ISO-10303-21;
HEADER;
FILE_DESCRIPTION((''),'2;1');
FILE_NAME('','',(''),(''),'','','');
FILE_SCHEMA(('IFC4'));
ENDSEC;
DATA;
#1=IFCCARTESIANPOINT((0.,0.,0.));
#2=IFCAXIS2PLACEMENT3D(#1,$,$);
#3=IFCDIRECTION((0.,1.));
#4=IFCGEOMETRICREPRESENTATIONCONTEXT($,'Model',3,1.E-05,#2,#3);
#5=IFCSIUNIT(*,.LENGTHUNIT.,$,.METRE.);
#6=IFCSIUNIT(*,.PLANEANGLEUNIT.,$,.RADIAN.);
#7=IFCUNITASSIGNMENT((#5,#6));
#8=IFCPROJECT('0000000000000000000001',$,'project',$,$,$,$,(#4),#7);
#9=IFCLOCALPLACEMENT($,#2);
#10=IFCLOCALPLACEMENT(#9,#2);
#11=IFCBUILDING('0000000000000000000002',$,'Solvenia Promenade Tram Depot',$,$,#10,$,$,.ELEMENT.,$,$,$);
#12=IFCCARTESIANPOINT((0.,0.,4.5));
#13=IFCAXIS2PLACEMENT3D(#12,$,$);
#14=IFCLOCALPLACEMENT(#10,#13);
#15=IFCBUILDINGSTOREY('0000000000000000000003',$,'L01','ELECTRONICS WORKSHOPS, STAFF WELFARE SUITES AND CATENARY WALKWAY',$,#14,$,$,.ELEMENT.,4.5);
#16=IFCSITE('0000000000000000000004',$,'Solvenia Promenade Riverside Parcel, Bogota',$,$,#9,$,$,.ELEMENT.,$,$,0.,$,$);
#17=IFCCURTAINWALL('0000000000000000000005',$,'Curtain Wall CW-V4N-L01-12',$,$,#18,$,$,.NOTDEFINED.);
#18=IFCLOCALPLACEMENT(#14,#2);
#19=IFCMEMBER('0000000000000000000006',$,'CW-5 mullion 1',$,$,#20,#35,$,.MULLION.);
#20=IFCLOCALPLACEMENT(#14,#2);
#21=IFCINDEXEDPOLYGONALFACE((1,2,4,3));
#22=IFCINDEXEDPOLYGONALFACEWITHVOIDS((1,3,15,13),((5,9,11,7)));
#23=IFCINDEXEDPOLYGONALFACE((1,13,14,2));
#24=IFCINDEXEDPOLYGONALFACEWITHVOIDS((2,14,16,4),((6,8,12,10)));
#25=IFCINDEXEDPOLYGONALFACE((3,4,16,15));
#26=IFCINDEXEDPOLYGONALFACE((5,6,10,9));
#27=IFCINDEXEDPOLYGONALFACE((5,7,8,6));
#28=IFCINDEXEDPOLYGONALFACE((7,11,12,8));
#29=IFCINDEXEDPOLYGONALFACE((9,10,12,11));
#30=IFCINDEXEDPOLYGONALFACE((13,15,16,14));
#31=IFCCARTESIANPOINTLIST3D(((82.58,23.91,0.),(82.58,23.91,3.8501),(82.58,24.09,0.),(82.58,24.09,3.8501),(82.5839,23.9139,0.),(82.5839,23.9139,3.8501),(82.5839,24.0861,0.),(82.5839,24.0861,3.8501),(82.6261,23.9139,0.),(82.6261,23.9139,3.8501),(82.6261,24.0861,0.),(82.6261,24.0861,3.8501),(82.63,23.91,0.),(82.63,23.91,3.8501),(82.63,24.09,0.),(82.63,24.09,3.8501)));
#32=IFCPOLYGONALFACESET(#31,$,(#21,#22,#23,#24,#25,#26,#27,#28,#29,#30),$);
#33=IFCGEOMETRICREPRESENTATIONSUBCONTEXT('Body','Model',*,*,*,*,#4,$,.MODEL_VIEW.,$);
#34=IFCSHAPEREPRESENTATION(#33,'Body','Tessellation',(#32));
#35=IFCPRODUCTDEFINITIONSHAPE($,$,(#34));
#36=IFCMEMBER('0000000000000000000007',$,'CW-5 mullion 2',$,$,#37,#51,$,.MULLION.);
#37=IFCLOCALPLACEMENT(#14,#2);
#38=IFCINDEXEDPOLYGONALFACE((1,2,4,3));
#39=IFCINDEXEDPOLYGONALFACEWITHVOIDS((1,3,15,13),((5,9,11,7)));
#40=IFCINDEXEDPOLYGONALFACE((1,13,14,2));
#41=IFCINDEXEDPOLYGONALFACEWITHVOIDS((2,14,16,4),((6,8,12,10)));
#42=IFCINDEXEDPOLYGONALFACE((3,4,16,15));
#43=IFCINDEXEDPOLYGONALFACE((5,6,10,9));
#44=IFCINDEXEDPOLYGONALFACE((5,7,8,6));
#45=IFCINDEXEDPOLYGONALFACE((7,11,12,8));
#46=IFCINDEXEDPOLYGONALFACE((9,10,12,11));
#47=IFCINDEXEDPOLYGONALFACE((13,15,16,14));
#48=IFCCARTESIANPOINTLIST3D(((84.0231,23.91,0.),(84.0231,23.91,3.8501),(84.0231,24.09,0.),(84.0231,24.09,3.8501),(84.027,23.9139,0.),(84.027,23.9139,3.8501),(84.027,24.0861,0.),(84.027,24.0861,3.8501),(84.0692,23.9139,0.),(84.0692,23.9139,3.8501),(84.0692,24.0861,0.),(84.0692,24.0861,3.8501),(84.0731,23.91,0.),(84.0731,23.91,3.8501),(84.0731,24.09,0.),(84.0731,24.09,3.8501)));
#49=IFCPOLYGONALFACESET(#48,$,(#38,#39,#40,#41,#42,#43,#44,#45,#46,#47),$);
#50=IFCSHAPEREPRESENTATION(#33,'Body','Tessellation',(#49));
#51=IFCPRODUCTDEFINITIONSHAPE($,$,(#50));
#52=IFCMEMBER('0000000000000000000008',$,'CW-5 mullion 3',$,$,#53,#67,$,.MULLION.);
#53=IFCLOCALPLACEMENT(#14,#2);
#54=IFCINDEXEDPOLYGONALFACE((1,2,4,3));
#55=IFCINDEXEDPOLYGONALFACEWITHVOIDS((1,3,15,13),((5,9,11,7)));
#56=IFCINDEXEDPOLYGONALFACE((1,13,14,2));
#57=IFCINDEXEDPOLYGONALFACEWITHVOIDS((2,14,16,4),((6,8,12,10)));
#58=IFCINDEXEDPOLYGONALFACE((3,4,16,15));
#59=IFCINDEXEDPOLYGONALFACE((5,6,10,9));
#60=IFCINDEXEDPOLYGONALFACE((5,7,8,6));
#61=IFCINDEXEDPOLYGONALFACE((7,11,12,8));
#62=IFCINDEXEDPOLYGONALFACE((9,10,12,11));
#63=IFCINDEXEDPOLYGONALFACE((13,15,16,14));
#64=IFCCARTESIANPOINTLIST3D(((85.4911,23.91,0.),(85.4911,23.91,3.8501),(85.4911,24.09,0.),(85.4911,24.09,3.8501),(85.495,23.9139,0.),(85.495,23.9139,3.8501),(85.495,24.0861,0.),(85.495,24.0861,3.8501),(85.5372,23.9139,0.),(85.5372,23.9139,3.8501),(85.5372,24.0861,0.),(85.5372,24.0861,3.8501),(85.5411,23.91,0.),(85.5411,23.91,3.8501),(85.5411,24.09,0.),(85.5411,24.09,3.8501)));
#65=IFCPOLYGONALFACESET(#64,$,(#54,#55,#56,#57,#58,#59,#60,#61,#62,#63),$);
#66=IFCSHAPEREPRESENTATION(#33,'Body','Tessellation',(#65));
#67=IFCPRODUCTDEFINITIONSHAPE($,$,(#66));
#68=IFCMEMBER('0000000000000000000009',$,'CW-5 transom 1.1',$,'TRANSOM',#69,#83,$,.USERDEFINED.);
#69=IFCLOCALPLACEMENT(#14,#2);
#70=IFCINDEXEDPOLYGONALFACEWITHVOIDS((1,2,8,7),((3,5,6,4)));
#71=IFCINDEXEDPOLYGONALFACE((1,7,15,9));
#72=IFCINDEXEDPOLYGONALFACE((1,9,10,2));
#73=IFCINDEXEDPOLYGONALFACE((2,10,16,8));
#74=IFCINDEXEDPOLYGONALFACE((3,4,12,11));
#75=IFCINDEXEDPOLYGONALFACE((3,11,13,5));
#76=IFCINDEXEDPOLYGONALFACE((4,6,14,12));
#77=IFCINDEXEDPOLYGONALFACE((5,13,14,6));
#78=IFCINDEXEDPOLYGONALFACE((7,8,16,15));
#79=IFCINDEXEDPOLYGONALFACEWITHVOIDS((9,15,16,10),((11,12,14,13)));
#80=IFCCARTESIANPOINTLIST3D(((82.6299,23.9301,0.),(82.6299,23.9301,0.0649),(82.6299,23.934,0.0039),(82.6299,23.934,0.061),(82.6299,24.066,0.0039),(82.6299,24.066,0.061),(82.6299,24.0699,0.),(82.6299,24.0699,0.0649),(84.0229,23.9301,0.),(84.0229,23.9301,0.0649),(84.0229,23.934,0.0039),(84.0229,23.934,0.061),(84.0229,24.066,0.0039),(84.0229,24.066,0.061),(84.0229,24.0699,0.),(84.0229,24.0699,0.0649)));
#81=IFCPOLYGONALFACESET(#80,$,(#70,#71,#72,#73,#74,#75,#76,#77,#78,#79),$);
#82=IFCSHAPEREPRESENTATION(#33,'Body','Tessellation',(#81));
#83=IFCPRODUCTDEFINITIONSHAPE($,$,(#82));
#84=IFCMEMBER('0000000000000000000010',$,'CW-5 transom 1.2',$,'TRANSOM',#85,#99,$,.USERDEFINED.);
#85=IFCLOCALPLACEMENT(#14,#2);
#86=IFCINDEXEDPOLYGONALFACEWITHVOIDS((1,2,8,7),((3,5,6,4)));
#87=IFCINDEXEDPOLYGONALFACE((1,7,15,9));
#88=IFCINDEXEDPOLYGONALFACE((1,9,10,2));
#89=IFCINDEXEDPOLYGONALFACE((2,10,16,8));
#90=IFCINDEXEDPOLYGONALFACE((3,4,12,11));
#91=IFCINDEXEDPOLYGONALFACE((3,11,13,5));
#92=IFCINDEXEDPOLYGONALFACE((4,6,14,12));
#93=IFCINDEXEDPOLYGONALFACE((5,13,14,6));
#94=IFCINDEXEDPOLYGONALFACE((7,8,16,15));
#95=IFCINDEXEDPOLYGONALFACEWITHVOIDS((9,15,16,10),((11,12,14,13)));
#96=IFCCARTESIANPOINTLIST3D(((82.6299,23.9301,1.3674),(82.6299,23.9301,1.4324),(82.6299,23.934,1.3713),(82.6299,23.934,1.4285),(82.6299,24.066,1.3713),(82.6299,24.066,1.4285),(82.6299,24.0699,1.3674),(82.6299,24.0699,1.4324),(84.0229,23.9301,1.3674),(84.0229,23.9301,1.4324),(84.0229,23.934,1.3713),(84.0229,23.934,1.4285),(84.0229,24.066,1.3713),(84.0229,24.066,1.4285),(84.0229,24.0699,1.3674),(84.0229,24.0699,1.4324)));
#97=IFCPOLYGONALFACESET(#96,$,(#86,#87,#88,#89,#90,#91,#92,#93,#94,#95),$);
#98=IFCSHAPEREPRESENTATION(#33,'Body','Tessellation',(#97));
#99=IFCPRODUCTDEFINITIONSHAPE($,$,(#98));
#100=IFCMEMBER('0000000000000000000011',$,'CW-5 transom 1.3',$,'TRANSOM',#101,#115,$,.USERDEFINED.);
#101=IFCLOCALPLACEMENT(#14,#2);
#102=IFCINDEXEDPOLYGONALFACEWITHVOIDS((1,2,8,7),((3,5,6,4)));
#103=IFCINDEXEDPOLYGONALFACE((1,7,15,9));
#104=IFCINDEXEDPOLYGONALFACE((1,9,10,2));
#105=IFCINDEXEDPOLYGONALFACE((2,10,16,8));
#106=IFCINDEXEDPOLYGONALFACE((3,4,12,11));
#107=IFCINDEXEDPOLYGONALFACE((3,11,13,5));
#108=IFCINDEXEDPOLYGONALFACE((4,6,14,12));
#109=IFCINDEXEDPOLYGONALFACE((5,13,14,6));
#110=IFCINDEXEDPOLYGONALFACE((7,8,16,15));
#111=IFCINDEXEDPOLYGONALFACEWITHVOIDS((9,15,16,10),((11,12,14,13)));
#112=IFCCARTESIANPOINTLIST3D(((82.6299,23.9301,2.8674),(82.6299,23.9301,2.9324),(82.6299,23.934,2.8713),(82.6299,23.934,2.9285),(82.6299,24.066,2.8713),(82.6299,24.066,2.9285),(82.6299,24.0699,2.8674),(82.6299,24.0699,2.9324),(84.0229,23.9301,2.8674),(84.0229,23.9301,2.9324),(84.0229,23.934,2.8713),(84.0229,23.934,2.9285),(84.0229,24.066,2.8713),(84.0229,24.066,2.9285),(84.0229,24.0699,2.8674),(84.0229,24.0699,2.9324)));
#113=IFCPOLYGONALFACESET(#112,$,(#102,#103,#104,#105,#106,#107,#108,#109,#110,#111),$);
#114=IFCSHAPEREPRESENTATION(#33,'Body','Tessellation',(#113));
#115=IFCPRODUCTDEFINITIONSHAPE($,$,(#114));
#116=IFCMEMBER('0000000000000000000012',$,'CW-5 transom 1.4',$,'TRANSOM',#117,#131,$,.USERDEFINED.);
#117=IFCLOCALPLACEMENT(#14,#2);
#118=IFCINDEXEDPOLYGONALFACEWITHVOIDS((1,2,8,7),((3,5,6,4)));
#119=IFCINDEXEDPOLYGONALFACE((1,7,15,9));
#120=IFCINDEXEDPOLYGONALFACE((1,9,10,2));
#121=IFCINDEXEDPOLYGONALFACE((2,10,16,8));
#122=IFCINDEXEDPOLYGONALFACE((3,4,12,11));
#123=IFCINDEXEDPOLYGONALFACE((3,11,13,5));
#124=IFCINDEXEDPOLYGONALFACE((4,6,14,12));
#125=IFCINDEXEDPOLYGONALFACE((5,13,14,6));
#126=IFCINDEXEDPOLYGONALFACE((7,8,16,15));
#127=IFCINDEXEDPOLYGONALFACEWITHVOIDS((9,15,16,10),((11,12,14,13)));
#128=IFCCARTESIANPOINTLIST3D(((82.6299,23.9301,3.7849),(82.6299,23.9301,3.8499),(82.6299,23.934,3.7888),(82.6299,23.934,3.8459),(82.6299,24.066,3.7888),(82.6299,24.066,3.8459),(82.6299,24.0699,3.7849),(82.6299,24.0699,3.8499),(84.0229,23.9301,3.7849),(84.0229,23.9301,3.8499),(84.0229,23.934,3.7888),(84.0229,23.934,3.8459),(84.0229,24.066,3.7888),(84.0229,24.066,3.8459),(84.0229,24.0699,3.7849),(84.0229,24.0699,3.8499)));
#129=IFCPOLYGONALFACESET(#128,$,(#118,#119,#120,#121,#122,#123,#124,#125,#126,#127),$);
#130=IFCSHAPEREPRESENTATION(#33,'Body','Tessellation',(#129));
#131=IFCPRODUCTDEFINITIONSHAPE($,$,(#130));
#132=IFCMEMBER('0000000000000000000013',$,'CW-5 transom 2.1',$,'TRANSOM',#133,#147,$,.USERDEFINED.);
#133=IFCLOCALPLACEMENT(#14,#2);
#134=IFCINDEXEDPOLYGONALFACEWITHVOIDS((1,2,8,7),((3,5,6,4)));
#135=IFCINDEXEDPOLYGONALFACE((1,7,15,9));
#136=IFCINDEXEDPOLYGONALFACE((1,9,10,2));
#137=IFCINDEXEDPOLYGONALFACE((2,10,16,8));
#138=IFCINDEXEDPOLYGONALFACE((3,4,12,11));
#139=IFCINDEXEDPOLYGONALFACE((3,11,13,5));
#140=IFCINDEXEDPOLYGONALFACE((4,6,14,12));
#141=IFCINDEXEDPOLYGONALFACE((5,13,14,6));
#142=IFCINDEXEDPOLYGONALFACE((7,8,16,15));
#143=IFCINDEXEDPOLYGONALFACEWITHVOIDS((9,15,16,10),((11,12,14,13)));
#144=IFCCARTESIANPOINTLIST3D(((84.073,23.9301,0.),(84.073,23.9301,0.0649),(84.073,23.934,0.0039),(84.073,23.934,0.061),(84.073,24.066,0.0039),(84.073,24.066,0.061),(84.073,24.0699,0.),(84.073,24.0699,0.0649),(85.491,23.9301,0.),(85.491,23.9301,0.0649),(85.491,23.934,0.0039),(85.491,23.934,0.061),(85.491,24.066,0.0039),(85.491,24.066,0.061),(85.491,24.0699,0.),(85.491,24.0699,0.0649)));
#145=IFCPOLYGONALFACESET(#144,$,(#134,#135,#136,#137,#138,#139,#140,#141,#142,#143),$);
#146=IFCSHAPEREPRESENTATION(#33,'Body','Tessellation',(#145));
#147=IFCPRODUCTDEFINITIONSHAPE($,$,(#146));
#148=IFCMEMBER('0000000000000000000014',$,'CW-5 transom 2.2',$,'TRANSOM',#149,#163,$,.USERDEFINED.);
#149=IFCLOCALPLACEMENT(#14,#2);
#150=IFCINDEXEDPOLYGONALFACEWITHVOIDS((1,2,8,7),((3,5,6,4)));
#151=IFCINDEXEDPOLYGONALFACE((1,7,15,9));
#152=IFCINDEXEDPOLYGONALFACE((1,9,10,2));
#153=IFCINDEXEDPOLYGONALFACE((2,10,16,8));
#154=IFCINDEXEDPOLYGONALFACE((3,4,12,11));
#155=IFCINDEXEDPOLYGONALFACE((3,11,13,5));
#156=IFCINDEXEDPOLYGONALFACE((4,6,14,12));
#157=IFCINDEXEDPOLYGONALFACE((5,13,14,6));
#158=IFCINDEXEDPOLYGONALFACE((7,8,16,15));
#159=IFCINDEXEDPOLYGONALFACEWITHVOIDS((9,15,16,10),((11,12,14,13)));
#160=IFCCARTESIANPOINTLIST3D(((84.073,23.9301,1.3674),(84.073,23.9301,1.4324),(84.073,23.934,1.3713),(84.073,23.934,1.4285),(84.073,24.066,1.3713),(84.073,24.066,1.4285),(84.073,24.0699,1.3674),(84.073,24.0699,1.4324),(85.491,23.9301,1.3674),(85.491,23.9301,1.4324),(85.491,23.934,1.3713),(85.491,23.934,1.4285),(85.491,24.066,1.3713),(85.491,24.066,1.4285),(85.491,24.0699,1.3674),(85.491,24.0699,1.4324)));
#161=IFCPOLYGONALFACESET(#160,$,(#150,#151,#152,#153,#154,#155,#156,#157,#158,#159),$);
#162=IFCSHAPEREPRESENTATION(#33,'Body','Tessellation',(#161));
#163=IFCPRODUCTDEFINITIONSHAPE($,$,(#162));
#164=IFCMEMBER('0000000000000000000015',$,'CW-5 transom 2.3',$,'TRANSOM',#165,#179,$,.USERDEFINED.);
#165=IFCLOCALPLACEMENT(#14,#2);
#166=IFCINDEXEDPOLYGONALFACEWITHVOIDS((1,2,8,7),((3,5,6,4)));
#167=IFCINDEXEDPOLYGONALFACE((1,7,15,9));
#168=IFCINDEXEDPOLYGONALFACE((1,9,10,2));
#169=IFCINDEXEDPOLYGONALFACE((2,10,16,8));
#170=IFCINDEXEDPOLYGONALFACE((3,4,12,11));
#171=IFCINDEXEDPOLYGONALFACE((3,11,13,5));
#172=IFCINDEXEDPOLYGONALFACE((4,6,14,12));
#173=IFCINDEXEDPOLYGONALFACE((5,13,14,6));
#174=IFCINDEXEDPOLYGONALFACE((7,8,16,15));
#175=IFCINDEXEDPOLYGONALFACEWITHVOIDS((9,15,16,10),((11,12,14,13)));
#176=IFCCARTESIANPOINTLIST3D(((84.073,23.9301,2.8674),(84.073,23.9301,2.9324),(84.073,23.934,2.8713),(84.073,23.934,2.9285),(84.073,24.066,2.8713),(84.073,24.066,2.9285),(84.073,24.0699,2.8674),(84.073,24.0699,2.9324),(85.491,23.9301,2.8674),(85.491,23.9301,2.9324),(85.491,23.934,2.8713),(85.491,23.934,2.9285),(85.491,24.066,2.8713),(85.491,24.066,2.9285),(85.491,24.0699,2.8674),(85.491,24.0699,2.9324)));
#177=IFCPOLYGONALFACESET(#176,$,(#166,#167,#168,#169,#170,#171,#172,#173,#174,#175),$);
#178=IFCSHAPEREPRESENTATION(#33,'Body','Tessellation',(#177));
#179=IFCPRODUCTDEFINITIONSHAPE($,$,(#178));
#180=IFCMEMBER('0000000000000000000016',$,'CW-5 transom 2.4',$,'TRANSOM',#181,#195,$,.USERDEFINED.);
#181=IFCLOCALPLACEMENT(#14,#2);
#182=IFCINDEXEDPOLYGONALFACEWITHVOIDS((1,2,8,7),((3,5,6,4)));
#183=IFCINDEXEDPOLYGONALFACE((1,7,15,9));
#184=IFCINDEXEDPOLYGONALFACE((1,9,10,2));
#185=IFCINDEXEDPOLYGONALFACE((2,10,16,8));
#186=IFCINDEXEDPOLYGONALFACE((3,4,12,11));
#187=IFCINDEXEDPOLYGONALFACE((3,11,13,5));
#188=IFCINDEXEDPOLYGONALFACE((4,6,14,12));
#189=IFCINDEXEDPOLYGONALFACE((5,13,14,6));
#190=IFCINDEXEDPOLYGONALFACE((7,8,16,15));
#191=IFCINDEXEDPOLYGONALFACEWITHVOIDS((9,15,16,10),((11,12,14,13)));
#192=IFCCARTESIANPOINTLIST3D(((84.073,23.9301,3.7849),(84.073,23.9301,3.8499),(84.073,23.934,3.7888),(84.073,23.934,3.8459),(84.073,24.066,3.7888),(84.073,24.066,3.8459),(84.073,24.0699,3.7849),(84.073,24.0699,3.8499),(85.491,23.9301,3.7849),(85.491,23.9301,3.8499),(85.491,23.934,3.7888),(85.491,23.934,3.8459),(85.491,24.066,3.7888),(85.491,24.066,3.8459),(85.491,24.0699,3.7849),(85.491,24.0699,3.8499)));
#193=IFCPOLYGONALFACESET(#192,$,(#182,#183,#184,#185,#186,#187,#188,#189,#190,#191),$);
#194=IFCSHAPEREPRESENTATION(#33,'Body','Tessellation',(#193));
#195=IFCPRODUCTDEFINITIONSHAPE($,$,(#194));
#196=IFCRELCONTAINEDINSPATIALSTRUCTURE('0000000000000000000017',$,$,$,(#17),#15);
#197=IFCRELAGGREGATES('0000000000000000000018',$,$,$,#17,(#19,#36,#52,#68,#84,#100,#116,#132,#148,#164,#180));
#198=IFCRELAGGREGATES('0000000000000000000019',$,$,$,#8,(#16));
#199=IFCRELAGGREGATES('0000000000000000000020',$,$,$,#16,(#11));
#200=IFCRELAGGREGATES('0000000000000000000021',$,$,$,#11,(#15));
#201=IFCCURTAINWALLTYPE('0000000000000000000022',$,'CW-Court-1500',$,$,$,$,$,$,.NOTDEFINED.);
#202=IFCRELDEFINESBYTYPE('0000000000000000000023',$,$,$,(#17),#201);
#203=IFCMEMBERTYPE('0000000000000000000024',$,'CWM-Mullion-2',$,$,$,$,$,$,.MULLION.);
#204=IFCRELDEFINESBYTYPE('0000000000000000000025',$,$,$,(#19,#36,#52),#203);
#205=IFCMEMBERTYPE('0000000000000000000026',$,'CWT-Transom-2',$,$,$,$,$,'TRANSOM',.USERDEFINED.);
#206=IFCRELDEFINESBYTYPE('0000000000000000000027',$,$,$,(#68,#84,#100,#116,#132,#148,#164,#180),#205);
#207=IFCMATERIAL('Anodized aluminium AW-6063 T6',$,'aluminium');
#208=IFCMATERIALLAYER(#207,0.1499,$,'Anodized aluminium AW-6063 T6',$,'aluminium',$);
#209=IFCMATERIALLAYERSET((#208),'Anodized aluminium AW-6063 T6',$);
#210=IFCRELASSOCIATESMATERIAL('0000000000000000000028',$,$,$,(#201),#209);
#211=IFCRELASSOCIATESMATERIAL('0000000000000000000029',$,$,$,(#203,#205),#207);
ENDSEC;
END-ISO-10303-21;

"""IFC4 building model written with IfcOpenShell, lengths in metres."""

from ifc_helpers import new_model, si_unit, direction, frame, origin, origin_2d, place, context, subcontext, project, spatial, hollow_rectangle, extrude, material, layer, layer_set, material_profile, profile_set, type_object, element, aggregate, save


model = new_model("IFC4")

# Units and contexts
model_context = context("Model", 3, precision=1e-05, world=origin(), true_north=direction((0.0, 1.0)))
body_context = subcontext(model_context, "Body", "Model", "MODEL_VIEW")
ifc_project = project(units=[si_unit("LENGTHUNIT", "METRE"), si_unit("PLANEANGLEUNIT", "RADIAN")], contexts=[model_context])

# Site, building, storey
site_placement = place(None, origin())
site = spatial("IfcSite", under=ifc_project, at=site_placement, Name="Solvenia Promenade Riverside Parcel, Bogota", CompositionType="ELEMENT", RefElevation=0.0)
building_placement = place(site_placement, origin())
building = spatial("IfcBuilding", under=site, at=building_placement, Name="Solvenia Promenade Tram Depot", CompositionType="ELEMENT")
storey_placement = place(building_placement, frame((0.0, 0.0, 4.5)))
storey = spatial("IfcBuildingStorey", under=building, at=storey_placement, Name="L01", Description="ELECTRONICS WORKSHOPS, STAFF WELFARE SUITES AND CATENARY WALKWAY", CompositionType="ELEMENT", Elevation=4.5)

# Curtain wall, members
ifc_material_1 = material(Name="Anodized aluminium AW-6063 T6", Category="aluminium")
ifc_layer_1 = layer(ifc_material_1, 0.1499, Name="Anodized aluminium AW-6063 T6", Category="aluminium")
ifc_layer_set_1 = layer_set([ifc_layer_1], Name="Anodized aluminium AW-6063 T6")
curtain_wall_type = type_object("IfcCurtainWallType", Name="CW-Court-1500", PredefinedType="NOTDEFINED", material=ifc_layer_set_1)
curtain_wall_placement = place(storey_placement, origin())
curtain_wall = element("IfcCurtainWall", 1, at=curtain_wall_placement, inside=storey, type_object=curtain_wall_type, Name="Curtain Wall CW-V4N-L01-12", PredefinedType="NOTDEFINED")
ifc_material_profile_1 = material_profile(ifc_material_1, hollow_rectangle(XDim=0.1799, YDim=0.05, WallThickness=0.0039, at=origin_2d()), Name="ALU-M2", Category="aluminium")
ifc_profile_set_1 = profile_set([ifc_material_profile_1], Name="Anodized aluminium AW-6063 T6")
member_type_1 = type_object("IfcMemberType", Name="CWM-Mullion-2", PredefinedType="MULLION", material=ifc_profile_set_1)
member_1_placement = place(storey_placement, frame((82.605, 24.0, 0.0), z_axis=(0.0, 0.0, 1.0), x_axis=(0.0, 1.0, 0.0)))
member_1 = element("IfcMember", 2, at=member_1_placement, type_object=member_type_1, Name="CW-5 mullion 1", PredefinedType="MULLION", context=body_context, shape_type="SweptSolid", body=[
    extrude(hollow_rectangle(XDim=0.1799, YDim=0.05, WallThickness=0.0039, at=origin_2d()), origin(), (0.0, 0.0, 1.0), 3.8501),
])
member_2_placement = place(storey_placement, frame((84.0481, 24.0, 0.0), z_axis=(0.0, 0.0, 1.0), x_axis=(0.0, 1.0, 0.0)))
member_2 = element("IfcMember", 3, at=member_2_placement, type_object=member_type_1, Name="CW-5 mullion 2", PredefinedType="MULLION", context=body_context, shape_type="SweptSolid", body=[
    extrude(hollow_rectangle(XDim=0.1799, YDim=0.05, WallThickness=0.0039, at=origin_2d()), origin(), (0.0, 0.0, 1.0), 3.8501),
])
member_3_placement = place(storey_placement, frame((85.5161, 24.0, 0.0), z_axis=(0.0, 0.0, 1.0), x_axis=(0.0, 1.0, 0.0)))
member_3 = element("IfcMember", 4, at=member_3_placement, type_object=member_type_1, Name="CW-5 mullion 3", PredefinedType="MULLION", context=body_context, shape_type="SweptSolid", body=[
    extrude(hollow_rectangle(XDim=0.1799, YDim=0.05, WallThickness=0.0039, at=origin_2d()), origin(), (0.0, 0.0, 1.0), 3.8501),
])
ifc_material_profile_2 = material_profile(ifc_material_1, hollow_rectangle(XDim=0.1399, YDim=0.0649, WallThickness=0.0039, at=origin_2d()), Name="ALU-T2", Category="aluminium")
ifc_profile_set_2 = profile_set([ifc_material_profile_2], Name="Anodized aluminium AW-6063 T6")
member_type_2 = type_object("IfcMemberType", Name="CWT-Transom-2", ElementType="TRANSOM", PredefinedType="USERDEFINED", material=ifc_profile_set_2)
member_4_placement = place(storey_placement, frame((82.6299, 24.0, 0.0325), z_axis=(1.0, 0.0, 0.0), x_axis=(0.0, 1.0, 0.0)))
member_4 = element("IfcMember", 5, at=member_4_placement, type_object=member_type_2, Name="CW-5 transom 1.1", ObjectType="TRANSOM", PredefinedType="USERDEFINED", context=body_context, shape_type="SweptSolid", body=[
    extrude(hollow_rectangle(XDim=0.1399, YDim=0.0649, WallThickness=0.0039, at=origin_2d()), origin(), (0.0, 0.0, 1.0), 1.3931),
])
member_5_placement = place(storey_placement, frame((82.6299, 24.0, 1.3999), z_axis=(1.0, 0.0, 0.0), x_axis=(0.0, 1.0, 0.0)))
member_5 = element("IfcMember", 6, at=member_5_placement, type_object=member_type_2, Name="CW-5 transom 1.2", ObjectType="TRANSOM", PredefinedType="USERDEFINED", context=body_context, shape_type="SweptSolid", body=[
    extrude(hollow_rectangle(XDim=0.1399, YDim=0.0649, WallThickness=0.0039, at=origin_2d()), origin(), (0.0, 0.0, 1.0), 1.3931),
])
member_6_placement = place(storey_placement, frame((82.6299, 24.0, 2.8999), z_axis=(1.0, 0.0, 0.0), x_axis=(0.0, 1.0, 0.0)))
member_6 = element("IfcMember", 7, at=member_6_placement, type_object=member_type_2, Name="CW-5 transom 1.3", ObjectType="TRANSOM", PredefinedType="USERDEFINED", context=body_context, shape_type="SweptSolid", body=[
    extrude(hollow_rectangle(XDim=0.1399, YDim=0.0649, WallThickness=0.0039, at=origin_2d()), origin(), (0.0, 0.0, 1.0), 1.3931),
])
member_7_placement = place(storey_placement, frame((82.6299, 24.0, 3.8174), z_axis=(1.0, 0.0, 0.0), x_axis=(0.0, 1.0, 0.0)))
member_7 = element("IfcMember", 8, at=member_7_placement, type_object=member_type_2, Name="CW-5 transom 1.4", ObjectType="TRANSOM", PredefinedType="USERDEFINED", context=body_context, shape_type="SweptSolid", body=[
    extrude(hollow_rectangle(XDim=0.1399, YDim=0.0649, WallThickness=0.0039, at=origin_2d()), origin(), (0.0, 0.0, 1.0), 1.3931),
])
member_8_placement = place(storey_placement, frame((84.073, 24.0, 0.0325), z_axis=(1.0, 0.0, 0.0), x_axis=(0.0, 1.0, 0.0)))
member_8 = element("IfcMember", 9, at=member_8_placement, type_object=member_type_2, Name="CW-5 transom 2.1", ObjectType="TRANSOM", PredefinedType="USERDEFINED", context=body_context, shape_type="SweptSolid", body=[
    extrude(hollow_rectangle(XDim=0.1399, YDim=0.0649, WallThickness=0.0039, at=origin_2d()), origin(), (0.0, 0.0, 1.0), 1.418),
])
member_9_placement = place(storey_placement, frame((84.073, 24.0, 1.3999), z_axis=(1.0, 0.0, 0.0), x_axis=(0.0, 1.0, 0.0)))
member_9 = element("IfcMember", 10, at=member_9_placement, type_object=member_type_2, Name="CW-5 transom 2.2", ObjectType="TRANSOM", PredefinedType="USERDEFINED", context=body_context, shape_type="SweptSolid", body=[
    extrude(hollow_rectangle(XDim=0.1399, YDim=0.0649, WallThickness=0.0039, at=origin_2d()), origin(), (0.0, 0.0, 1.0), 1.418),
])
member_10_placement = place(storey_placement, frame((84.073, 24.0, 2.8999), z_axis=(1.0, 0.0, 0.0), x_axis=(0.0, 1.0, 0.0)))
member_10 = element("IfcMember", 11, at=member_10_placement, type_object=member_type_2, Name="CW-5 transom 2.3", ObjectType="TRANSOM", PredefinedType="USERDEFINED", context=body_context, shape_type="SweptSolid", body=[
    extrude(hollow_rectangle(XDim=0.1399, YDim=0.0649, WallThickness=0.0039, at=origin_2d()), origin(), (0.0, 0.0, 1.0), 1.418),
])
member_11_placement = place(storey_placement, frame((84.073, 24.0, 3.8174), z_axis=(1.0, 0.0, 0.0), x_axis=(0.0, 1.0, 0.0)))
member_11 = element("IfcMember", 12, at=member_11_placement, type_object=member_type_2, Name="CW-5 transom 2.4", ObjectType="TRANSOM", PredefinedType="USERDEFINED", context=body_context, shape_type="SweptSolid", body=[
    extrude(hollow_rectangle(XDim=0.1399, YDim=0.0649, WallThickness=0.0039, at=origin_2d()), origin(), (0.0, 0.0, 1.0), 1.418),
])

aggregate(curtain_wall, [member_1, member_2, member_3, member_4, member_5, member_6, member_7, member_8, member_9, member_10, member_11])

save(model, "model.ifc")
